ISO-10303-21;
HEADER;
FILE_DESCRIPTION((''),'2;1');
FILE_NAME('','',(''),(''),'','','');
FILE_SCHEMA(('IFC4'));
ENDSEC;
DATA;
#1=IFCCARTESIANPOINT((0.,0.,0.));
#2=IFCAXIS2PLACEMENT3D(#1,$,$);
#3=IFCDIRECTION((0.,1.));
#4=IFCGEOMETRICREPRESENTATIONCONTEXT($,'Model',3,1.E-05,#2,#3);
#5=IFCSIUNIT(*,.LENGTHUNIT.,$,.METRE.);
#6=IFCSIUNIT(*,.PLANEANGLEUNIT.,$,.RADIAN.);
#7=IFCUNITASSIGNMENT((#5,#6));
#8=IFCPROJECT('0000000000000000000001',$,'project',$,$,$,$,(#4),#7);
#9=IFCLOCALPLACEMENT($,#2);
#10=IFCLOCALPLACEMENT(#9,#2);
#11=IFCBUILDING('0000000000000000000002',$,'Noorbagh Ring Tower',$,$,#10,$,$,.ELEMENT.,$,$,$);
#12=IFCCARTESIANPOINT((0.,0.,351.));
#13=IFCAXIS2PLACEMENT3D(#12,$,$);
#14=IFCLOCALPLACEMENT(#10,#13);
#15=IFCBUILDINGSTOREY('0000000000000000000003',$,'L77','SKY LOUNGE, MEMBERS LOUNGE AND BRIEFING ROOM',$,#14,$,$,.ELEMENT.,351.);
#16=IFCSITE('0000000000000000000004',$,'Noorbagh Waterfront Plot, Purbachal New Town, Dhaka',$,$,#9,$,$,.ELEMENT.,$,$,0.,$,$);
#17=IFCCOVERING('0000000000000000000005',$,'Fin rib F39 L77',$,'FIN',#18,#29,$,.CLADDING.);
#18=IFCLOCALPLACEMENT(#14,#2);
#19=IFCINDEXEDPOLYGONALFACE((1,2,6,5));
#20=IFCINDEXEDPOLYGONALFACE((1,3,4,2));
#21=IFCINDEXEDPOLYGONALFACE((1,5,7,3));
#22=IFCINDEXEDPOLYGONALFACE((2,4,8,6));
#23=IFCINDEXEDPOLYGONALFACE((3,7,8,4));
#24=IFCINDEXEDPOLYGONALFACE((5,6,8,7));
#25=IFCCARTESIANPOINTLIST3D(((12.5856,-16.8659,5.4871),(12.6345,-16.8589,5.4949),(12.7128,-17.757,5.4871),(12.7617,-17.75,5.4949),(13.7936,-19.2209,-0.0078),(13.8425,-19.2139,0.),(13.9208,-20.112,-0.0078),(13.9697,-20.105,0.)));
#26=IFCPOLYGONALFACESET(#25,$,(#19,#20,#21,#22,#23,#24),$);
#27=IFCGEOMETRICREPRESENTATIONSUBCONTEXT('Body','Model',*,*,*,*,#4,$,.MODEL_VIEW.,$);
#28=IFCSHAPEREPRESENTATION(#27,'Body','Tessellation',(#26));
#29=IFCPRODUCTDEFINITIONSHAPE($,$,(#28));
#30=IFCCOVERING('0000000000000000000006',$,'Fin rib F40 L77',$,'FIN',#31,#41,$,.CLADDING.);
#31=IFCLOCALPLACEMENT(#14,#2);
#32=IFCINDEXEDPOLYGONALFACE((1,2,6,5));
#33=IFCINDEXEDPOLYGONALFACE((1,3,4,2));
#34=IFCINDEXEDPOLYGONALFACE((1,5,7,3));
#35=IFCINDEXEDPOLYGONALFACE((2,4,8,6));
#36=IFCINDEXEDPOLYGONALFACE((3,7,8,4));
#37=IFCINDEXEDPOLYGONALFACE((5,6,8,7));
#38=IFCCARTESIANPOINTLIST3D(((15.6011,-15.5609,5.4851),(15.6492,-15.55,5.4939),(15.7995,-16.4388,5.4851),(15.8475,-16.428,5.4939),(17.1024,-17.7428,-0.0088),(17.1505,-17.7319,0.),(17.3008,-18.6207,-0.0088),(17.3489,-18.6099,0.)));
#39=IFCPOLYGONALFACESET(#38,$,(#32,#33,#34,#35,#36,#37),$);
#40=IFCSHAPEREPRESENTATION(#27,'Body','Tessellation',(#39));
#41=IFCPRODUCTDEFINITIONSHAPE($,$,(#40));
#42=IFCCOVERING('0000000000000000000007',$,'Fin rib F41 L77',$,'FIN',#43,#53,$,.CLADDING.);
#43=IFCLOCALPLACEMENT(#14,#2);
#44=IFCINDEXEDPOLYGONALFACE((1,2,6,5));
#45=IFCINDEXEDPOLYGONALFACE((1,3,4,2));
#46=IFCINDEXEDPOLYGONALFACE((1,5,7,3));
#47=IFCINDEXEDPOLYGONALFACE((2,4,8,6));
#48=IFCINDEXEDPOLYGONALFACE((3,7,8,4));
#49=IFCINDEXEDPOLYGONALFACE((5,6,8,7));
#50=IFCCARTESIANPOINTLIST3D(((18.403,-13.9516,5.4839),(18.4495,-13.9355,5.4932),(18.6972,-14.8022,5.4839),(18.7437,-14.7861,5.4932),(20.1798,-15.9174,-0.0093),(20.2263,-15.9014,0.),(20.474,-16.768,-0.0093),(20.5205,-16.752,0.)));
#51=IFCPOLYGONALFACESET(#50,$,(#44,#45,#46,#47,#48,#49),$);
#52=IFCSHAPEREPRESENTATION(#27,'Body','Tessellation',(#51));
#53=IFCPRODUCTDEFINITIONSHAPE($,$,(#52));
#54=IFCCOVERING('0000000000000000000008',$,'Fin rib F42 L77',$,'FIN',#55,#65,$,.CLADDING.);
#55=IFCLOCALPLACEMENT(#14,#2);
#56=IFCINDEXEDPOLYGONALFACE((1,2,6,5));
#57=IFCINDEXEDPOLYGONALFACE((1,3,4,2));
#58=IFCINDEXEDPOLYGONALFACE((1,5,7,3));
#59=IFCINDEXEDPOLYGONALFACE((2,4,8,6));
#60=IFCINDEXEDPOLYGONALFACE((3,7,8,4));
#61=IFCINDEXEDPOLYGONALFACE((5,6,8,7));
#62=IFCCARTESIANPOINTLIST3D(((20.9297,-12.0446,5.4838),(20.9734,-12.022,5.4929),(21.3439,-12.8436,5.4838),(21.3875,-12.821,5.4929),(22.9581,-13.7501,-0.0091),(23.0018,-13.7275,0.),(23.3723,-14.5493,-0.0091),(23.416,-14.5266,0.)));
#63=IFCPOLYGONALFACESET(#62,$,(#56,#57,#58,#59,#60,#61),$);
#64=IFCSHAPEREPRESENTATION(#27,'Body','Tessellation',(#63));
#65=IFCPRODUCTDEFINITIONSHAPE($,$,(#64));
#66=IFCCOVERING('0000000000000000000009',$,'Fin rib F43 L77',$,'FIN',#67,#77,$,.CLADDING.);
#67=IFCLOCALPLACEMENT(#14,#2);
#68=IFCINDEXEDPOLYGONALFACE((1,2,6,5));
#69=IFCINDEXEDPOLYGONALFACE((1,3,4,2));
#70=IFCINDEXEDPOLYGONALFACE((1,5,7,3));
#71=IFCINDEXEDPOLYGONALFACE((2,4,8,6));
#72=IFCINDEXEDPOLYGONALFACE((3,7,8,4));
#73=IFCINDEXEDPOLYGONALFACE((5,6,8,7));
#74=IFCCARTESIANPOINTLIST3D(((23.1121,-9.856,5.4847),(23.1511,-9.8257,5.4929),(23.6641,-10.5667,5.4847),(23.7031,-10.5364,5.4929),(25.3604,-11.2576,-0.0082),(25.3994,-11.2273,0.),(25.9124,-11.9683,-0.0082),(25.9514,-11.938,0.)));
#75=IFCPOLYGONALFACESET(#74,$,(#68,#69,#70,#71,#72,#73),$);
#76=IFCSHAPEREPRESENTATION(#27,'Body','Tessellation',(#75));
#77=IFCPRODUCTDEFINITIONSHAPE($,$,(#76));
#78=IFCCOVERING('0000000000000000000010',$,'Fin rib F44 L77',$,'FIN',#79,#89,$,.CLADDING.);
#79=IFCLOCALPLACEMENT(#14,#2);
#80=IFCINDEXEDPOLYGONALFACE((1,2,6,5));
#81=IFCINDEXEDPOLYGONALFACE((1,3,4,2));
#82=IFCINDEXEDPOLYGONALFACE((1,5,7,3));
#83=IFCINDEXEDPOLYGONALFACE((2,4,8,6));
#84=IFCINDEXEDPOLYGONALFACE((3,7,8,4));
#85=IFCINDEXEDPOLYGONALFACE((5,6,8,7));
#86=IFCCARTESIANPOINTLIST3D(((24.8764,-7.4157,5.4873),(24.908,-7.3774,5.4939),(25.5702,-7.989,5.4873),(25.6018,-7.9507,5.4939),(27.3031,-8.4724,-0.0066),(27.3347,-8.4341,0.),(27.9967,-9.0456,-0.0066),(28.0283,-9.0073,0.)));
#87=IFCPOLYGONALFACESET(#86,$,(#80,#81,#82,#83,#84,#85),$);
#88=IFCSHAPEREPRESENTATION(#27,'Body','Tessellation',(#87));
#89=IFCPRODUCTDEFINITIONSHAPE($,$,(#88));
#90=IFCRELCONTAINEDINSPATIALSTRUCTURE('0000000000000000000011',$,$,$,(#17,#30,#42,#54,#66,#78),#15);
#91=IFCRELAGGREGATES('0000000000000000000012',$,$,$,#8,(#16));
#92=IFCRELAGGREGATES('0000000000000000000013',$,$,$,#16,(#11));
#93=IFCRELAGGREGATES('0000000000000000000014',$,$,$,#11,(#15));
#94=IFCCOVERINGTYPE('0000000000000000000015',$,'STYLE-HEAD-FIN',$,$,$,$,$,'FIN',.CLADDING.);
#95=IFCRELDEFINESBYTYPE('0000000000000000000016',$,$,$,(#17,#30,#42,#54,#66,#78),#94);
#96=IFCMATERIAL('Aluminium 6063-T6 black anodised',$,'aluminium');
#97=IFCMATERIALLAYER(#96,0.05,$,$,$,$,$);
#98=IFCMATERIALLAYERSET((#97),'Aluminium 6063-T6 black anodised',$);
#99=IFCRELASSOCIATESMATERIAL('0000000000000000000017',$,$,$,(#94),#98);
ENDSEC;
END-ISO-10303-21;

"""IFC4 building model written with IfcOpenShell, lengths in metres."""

from ifc_helpers import new_model, si_unit, direction, frame, origin, place, context, subcontext, project, spatial, polyline, outline, extrude, material, layer, layer_set, type_object, element, save


model = new_model("IFC4")

# Units and contexts
model_context = context("Model", 3, precision=1e-05, world=origin(), true_north=direction((0.0, 1.0)))
body_context = subcontext(model_context, "Body", "Model", "MODEL_VIEW")
ifc_project = project(units=[si_unit("LENGTHUNIT", "METRE"), si_unit("PLANEANGLEUNIT", "RADIAN")], contexts=[model_context])

# Site, building, storey
site_placement = place(None, origin())
site = spatial("IfcSite", under=ifc_project, at=site_placement, Name="Noorbagh Waterfront Plot, Purbachal New Town, Dhaka", CompositionType="ELEMENT", RefElevation=0.0)
building_placement = place(site_placement, origin())
building = spatial("IfcBuilding", under=site, at=building_placement, Name="Noorbagh Ring Tower", CompositionType="ELEMENT")
storey_placement = place(building_placement, frame((0.0, 0.0, 351.0)))
storey = spatial("IfcBuildingStorey", under=building, at=storey_placement, Name="L77", Description="SKY LOUNGE, MEMBERS LOUNGE AND BRIEFING ROOM", CompositionType="ELEMENT", Elevation=351.0)

# Coverings
ifc_material_1 = material(Name="Aluminium 6063-T6 black anodised", Category="aluminium")
ifc_layer_1 = layer(ifc_material_1, 0.05)
ifc_layer_set_1 = layer_set([ifc_layer_1], Name="Aluminium 6063-T6 black anodised")
covering_type_1 = type_object("IfcCoveringType", Name="STYLE-HEAD-FIN", ElementType="FIN", PredefinedType="CLADDING", material=ifc_layer_set_1)
covering_1_placement = place(storey_placement, frame((13.9697, -20.105, 0.0), z_axis=(0.977975, 0.139596, 0.155173), x_axis=(-0.198064, 0.38612, 0.900934)))
element("IfcCovering", 1, at=covering_1_placement, inside=storey, type_object=covering_type_1, Name="Fin rib F39 L77", ObjectType="FIN", PredefinedType="CLADDING", context=body_context, shape_type="SweptSolid", body=[
    extrude(outline(polyline([(0.0, 0.0), (6.0991, 0.0), (6.4684, -0.8209), (0.3693, -0.8209), (0.0, 0.0)])), origin(), (0.0, 0.0, -1.0), 0.05),
])
covering_2_placement = place(storey_placement, frame((17.3489, -18.6099, 0.0), z_axis=(0.960146, 0.216941, 0.176226), x_axis=(-0.246163, 0.357748, 0.900788)))
element("IfcCovering", 2, at=covering_2_placement, inside=storey, type_object=covering_type_1, Name="Fin rib F40 L77", ObjectType="FIN", PredefinedType="CLADDING", context=body_context, shape_type="SweptSolid", body=[
    extrude(outline(polyline([(0.0, 0.0), (6.099, 0.0), (6.4619, -0.8236), (0.3629, -0.8237), (0.0, 0.0)])), origin(), (0.0, 0.0, -1.0), 0.05),
])
covering_3_placement = place(storey_placement, frame((20.5205, -16.752, 0.0), z_axis=(0.928676, 0.321198, 0.18545), x_axis=(-0.291341, 0.322324, 0.900682)))
element("IfcCovering", 3, at=covering_3_placement, inside=storey, type_object=covering_type_1, Name="Fin rib F41 L77", ObjectType="FIN", PredefinedType="CLADDING", context=body_context, shape_type="SweptSolid", body=[
    extrude(outline(polyline([(0.0, 0.0), (6.0989, 0.0), (6.4588, -0.8249), (0.3599, -0.8249), (0.0, 0.0)])), origin(), (0.0, 0.0, -1.0), 0.05),
])
covering_4_placement = place(storey_placement, frame((23.416, -14.5266, 0.0), z_axis=(0.873013, 0.452511, 0.181883), x_axis=(-0.332598, 0.279661, 0.900649)))
element("IfcCovering", 4, at=covering_4_placement, inside=storey, type_object=covering_type_1, Name="Fin rib F42 L77", ObjectType="FIN", PredefinedType="CLADDING", context=body_context, shape_type="SweptSolid", body=[
    extrude(outline(polyline([(0.0, 0.0), (6.0989, 0.0), (6.4601, -0.8243), (0.3613, -0.8244), (0.0, 0.0)])), origin(), (0.0, 0.0, -1.0), 0.05),
])
covering_5_placement = place(storey_placement, frame((25.9514, -11.938, 0.0), z_axis=(0.779007, 0.605062, 0.164461), x_axis=(-0.368664, 0.22983, 0.900703)))
element("IfcCovering", 5, at=covering_5_placement, inside=storey, type_object=covering_type_1, Name="Fin rib F43 L77", ObjectType="FIN", PredefinedType="CLADDING", context=body_context, shape_type="SweptSolid", body=[
    extrude(outline(polyline([(0.0, 0.0), (6.0985, 0.0), (6.4653, -0.8217), (0.3668, -0.8217), (0.0, 0.0)])), origin(), (0.0, 0.0, -1.0), 0.05),
])
covering_6_placement = place(storey_placement, frame((28.0283, -9.0073, 0.0), z_axis=(0.631422, 0.764134, 0.131931), x_axis=(-0.397918, 0.173263, 0.900911)))
element("IfcCovering", 6, at=covering_6_placement, inside=storey, type_object=covering_type_1, Name="Fin rib F44 L77", ObjectType="FIN", PredefinedType="CLADDING", context=body_context, shape_type="SweptSolid", body=[
    extrude(outline(polyline([(0.0, 0.0), (6.0981, 0.0), (6.4736, -0.818), (0.3753, -0.8178), (0.0, 0.0)])), origin(), (0.0, 0.0, -1.0), 0.05),
])

save(model, "model.ifc")
